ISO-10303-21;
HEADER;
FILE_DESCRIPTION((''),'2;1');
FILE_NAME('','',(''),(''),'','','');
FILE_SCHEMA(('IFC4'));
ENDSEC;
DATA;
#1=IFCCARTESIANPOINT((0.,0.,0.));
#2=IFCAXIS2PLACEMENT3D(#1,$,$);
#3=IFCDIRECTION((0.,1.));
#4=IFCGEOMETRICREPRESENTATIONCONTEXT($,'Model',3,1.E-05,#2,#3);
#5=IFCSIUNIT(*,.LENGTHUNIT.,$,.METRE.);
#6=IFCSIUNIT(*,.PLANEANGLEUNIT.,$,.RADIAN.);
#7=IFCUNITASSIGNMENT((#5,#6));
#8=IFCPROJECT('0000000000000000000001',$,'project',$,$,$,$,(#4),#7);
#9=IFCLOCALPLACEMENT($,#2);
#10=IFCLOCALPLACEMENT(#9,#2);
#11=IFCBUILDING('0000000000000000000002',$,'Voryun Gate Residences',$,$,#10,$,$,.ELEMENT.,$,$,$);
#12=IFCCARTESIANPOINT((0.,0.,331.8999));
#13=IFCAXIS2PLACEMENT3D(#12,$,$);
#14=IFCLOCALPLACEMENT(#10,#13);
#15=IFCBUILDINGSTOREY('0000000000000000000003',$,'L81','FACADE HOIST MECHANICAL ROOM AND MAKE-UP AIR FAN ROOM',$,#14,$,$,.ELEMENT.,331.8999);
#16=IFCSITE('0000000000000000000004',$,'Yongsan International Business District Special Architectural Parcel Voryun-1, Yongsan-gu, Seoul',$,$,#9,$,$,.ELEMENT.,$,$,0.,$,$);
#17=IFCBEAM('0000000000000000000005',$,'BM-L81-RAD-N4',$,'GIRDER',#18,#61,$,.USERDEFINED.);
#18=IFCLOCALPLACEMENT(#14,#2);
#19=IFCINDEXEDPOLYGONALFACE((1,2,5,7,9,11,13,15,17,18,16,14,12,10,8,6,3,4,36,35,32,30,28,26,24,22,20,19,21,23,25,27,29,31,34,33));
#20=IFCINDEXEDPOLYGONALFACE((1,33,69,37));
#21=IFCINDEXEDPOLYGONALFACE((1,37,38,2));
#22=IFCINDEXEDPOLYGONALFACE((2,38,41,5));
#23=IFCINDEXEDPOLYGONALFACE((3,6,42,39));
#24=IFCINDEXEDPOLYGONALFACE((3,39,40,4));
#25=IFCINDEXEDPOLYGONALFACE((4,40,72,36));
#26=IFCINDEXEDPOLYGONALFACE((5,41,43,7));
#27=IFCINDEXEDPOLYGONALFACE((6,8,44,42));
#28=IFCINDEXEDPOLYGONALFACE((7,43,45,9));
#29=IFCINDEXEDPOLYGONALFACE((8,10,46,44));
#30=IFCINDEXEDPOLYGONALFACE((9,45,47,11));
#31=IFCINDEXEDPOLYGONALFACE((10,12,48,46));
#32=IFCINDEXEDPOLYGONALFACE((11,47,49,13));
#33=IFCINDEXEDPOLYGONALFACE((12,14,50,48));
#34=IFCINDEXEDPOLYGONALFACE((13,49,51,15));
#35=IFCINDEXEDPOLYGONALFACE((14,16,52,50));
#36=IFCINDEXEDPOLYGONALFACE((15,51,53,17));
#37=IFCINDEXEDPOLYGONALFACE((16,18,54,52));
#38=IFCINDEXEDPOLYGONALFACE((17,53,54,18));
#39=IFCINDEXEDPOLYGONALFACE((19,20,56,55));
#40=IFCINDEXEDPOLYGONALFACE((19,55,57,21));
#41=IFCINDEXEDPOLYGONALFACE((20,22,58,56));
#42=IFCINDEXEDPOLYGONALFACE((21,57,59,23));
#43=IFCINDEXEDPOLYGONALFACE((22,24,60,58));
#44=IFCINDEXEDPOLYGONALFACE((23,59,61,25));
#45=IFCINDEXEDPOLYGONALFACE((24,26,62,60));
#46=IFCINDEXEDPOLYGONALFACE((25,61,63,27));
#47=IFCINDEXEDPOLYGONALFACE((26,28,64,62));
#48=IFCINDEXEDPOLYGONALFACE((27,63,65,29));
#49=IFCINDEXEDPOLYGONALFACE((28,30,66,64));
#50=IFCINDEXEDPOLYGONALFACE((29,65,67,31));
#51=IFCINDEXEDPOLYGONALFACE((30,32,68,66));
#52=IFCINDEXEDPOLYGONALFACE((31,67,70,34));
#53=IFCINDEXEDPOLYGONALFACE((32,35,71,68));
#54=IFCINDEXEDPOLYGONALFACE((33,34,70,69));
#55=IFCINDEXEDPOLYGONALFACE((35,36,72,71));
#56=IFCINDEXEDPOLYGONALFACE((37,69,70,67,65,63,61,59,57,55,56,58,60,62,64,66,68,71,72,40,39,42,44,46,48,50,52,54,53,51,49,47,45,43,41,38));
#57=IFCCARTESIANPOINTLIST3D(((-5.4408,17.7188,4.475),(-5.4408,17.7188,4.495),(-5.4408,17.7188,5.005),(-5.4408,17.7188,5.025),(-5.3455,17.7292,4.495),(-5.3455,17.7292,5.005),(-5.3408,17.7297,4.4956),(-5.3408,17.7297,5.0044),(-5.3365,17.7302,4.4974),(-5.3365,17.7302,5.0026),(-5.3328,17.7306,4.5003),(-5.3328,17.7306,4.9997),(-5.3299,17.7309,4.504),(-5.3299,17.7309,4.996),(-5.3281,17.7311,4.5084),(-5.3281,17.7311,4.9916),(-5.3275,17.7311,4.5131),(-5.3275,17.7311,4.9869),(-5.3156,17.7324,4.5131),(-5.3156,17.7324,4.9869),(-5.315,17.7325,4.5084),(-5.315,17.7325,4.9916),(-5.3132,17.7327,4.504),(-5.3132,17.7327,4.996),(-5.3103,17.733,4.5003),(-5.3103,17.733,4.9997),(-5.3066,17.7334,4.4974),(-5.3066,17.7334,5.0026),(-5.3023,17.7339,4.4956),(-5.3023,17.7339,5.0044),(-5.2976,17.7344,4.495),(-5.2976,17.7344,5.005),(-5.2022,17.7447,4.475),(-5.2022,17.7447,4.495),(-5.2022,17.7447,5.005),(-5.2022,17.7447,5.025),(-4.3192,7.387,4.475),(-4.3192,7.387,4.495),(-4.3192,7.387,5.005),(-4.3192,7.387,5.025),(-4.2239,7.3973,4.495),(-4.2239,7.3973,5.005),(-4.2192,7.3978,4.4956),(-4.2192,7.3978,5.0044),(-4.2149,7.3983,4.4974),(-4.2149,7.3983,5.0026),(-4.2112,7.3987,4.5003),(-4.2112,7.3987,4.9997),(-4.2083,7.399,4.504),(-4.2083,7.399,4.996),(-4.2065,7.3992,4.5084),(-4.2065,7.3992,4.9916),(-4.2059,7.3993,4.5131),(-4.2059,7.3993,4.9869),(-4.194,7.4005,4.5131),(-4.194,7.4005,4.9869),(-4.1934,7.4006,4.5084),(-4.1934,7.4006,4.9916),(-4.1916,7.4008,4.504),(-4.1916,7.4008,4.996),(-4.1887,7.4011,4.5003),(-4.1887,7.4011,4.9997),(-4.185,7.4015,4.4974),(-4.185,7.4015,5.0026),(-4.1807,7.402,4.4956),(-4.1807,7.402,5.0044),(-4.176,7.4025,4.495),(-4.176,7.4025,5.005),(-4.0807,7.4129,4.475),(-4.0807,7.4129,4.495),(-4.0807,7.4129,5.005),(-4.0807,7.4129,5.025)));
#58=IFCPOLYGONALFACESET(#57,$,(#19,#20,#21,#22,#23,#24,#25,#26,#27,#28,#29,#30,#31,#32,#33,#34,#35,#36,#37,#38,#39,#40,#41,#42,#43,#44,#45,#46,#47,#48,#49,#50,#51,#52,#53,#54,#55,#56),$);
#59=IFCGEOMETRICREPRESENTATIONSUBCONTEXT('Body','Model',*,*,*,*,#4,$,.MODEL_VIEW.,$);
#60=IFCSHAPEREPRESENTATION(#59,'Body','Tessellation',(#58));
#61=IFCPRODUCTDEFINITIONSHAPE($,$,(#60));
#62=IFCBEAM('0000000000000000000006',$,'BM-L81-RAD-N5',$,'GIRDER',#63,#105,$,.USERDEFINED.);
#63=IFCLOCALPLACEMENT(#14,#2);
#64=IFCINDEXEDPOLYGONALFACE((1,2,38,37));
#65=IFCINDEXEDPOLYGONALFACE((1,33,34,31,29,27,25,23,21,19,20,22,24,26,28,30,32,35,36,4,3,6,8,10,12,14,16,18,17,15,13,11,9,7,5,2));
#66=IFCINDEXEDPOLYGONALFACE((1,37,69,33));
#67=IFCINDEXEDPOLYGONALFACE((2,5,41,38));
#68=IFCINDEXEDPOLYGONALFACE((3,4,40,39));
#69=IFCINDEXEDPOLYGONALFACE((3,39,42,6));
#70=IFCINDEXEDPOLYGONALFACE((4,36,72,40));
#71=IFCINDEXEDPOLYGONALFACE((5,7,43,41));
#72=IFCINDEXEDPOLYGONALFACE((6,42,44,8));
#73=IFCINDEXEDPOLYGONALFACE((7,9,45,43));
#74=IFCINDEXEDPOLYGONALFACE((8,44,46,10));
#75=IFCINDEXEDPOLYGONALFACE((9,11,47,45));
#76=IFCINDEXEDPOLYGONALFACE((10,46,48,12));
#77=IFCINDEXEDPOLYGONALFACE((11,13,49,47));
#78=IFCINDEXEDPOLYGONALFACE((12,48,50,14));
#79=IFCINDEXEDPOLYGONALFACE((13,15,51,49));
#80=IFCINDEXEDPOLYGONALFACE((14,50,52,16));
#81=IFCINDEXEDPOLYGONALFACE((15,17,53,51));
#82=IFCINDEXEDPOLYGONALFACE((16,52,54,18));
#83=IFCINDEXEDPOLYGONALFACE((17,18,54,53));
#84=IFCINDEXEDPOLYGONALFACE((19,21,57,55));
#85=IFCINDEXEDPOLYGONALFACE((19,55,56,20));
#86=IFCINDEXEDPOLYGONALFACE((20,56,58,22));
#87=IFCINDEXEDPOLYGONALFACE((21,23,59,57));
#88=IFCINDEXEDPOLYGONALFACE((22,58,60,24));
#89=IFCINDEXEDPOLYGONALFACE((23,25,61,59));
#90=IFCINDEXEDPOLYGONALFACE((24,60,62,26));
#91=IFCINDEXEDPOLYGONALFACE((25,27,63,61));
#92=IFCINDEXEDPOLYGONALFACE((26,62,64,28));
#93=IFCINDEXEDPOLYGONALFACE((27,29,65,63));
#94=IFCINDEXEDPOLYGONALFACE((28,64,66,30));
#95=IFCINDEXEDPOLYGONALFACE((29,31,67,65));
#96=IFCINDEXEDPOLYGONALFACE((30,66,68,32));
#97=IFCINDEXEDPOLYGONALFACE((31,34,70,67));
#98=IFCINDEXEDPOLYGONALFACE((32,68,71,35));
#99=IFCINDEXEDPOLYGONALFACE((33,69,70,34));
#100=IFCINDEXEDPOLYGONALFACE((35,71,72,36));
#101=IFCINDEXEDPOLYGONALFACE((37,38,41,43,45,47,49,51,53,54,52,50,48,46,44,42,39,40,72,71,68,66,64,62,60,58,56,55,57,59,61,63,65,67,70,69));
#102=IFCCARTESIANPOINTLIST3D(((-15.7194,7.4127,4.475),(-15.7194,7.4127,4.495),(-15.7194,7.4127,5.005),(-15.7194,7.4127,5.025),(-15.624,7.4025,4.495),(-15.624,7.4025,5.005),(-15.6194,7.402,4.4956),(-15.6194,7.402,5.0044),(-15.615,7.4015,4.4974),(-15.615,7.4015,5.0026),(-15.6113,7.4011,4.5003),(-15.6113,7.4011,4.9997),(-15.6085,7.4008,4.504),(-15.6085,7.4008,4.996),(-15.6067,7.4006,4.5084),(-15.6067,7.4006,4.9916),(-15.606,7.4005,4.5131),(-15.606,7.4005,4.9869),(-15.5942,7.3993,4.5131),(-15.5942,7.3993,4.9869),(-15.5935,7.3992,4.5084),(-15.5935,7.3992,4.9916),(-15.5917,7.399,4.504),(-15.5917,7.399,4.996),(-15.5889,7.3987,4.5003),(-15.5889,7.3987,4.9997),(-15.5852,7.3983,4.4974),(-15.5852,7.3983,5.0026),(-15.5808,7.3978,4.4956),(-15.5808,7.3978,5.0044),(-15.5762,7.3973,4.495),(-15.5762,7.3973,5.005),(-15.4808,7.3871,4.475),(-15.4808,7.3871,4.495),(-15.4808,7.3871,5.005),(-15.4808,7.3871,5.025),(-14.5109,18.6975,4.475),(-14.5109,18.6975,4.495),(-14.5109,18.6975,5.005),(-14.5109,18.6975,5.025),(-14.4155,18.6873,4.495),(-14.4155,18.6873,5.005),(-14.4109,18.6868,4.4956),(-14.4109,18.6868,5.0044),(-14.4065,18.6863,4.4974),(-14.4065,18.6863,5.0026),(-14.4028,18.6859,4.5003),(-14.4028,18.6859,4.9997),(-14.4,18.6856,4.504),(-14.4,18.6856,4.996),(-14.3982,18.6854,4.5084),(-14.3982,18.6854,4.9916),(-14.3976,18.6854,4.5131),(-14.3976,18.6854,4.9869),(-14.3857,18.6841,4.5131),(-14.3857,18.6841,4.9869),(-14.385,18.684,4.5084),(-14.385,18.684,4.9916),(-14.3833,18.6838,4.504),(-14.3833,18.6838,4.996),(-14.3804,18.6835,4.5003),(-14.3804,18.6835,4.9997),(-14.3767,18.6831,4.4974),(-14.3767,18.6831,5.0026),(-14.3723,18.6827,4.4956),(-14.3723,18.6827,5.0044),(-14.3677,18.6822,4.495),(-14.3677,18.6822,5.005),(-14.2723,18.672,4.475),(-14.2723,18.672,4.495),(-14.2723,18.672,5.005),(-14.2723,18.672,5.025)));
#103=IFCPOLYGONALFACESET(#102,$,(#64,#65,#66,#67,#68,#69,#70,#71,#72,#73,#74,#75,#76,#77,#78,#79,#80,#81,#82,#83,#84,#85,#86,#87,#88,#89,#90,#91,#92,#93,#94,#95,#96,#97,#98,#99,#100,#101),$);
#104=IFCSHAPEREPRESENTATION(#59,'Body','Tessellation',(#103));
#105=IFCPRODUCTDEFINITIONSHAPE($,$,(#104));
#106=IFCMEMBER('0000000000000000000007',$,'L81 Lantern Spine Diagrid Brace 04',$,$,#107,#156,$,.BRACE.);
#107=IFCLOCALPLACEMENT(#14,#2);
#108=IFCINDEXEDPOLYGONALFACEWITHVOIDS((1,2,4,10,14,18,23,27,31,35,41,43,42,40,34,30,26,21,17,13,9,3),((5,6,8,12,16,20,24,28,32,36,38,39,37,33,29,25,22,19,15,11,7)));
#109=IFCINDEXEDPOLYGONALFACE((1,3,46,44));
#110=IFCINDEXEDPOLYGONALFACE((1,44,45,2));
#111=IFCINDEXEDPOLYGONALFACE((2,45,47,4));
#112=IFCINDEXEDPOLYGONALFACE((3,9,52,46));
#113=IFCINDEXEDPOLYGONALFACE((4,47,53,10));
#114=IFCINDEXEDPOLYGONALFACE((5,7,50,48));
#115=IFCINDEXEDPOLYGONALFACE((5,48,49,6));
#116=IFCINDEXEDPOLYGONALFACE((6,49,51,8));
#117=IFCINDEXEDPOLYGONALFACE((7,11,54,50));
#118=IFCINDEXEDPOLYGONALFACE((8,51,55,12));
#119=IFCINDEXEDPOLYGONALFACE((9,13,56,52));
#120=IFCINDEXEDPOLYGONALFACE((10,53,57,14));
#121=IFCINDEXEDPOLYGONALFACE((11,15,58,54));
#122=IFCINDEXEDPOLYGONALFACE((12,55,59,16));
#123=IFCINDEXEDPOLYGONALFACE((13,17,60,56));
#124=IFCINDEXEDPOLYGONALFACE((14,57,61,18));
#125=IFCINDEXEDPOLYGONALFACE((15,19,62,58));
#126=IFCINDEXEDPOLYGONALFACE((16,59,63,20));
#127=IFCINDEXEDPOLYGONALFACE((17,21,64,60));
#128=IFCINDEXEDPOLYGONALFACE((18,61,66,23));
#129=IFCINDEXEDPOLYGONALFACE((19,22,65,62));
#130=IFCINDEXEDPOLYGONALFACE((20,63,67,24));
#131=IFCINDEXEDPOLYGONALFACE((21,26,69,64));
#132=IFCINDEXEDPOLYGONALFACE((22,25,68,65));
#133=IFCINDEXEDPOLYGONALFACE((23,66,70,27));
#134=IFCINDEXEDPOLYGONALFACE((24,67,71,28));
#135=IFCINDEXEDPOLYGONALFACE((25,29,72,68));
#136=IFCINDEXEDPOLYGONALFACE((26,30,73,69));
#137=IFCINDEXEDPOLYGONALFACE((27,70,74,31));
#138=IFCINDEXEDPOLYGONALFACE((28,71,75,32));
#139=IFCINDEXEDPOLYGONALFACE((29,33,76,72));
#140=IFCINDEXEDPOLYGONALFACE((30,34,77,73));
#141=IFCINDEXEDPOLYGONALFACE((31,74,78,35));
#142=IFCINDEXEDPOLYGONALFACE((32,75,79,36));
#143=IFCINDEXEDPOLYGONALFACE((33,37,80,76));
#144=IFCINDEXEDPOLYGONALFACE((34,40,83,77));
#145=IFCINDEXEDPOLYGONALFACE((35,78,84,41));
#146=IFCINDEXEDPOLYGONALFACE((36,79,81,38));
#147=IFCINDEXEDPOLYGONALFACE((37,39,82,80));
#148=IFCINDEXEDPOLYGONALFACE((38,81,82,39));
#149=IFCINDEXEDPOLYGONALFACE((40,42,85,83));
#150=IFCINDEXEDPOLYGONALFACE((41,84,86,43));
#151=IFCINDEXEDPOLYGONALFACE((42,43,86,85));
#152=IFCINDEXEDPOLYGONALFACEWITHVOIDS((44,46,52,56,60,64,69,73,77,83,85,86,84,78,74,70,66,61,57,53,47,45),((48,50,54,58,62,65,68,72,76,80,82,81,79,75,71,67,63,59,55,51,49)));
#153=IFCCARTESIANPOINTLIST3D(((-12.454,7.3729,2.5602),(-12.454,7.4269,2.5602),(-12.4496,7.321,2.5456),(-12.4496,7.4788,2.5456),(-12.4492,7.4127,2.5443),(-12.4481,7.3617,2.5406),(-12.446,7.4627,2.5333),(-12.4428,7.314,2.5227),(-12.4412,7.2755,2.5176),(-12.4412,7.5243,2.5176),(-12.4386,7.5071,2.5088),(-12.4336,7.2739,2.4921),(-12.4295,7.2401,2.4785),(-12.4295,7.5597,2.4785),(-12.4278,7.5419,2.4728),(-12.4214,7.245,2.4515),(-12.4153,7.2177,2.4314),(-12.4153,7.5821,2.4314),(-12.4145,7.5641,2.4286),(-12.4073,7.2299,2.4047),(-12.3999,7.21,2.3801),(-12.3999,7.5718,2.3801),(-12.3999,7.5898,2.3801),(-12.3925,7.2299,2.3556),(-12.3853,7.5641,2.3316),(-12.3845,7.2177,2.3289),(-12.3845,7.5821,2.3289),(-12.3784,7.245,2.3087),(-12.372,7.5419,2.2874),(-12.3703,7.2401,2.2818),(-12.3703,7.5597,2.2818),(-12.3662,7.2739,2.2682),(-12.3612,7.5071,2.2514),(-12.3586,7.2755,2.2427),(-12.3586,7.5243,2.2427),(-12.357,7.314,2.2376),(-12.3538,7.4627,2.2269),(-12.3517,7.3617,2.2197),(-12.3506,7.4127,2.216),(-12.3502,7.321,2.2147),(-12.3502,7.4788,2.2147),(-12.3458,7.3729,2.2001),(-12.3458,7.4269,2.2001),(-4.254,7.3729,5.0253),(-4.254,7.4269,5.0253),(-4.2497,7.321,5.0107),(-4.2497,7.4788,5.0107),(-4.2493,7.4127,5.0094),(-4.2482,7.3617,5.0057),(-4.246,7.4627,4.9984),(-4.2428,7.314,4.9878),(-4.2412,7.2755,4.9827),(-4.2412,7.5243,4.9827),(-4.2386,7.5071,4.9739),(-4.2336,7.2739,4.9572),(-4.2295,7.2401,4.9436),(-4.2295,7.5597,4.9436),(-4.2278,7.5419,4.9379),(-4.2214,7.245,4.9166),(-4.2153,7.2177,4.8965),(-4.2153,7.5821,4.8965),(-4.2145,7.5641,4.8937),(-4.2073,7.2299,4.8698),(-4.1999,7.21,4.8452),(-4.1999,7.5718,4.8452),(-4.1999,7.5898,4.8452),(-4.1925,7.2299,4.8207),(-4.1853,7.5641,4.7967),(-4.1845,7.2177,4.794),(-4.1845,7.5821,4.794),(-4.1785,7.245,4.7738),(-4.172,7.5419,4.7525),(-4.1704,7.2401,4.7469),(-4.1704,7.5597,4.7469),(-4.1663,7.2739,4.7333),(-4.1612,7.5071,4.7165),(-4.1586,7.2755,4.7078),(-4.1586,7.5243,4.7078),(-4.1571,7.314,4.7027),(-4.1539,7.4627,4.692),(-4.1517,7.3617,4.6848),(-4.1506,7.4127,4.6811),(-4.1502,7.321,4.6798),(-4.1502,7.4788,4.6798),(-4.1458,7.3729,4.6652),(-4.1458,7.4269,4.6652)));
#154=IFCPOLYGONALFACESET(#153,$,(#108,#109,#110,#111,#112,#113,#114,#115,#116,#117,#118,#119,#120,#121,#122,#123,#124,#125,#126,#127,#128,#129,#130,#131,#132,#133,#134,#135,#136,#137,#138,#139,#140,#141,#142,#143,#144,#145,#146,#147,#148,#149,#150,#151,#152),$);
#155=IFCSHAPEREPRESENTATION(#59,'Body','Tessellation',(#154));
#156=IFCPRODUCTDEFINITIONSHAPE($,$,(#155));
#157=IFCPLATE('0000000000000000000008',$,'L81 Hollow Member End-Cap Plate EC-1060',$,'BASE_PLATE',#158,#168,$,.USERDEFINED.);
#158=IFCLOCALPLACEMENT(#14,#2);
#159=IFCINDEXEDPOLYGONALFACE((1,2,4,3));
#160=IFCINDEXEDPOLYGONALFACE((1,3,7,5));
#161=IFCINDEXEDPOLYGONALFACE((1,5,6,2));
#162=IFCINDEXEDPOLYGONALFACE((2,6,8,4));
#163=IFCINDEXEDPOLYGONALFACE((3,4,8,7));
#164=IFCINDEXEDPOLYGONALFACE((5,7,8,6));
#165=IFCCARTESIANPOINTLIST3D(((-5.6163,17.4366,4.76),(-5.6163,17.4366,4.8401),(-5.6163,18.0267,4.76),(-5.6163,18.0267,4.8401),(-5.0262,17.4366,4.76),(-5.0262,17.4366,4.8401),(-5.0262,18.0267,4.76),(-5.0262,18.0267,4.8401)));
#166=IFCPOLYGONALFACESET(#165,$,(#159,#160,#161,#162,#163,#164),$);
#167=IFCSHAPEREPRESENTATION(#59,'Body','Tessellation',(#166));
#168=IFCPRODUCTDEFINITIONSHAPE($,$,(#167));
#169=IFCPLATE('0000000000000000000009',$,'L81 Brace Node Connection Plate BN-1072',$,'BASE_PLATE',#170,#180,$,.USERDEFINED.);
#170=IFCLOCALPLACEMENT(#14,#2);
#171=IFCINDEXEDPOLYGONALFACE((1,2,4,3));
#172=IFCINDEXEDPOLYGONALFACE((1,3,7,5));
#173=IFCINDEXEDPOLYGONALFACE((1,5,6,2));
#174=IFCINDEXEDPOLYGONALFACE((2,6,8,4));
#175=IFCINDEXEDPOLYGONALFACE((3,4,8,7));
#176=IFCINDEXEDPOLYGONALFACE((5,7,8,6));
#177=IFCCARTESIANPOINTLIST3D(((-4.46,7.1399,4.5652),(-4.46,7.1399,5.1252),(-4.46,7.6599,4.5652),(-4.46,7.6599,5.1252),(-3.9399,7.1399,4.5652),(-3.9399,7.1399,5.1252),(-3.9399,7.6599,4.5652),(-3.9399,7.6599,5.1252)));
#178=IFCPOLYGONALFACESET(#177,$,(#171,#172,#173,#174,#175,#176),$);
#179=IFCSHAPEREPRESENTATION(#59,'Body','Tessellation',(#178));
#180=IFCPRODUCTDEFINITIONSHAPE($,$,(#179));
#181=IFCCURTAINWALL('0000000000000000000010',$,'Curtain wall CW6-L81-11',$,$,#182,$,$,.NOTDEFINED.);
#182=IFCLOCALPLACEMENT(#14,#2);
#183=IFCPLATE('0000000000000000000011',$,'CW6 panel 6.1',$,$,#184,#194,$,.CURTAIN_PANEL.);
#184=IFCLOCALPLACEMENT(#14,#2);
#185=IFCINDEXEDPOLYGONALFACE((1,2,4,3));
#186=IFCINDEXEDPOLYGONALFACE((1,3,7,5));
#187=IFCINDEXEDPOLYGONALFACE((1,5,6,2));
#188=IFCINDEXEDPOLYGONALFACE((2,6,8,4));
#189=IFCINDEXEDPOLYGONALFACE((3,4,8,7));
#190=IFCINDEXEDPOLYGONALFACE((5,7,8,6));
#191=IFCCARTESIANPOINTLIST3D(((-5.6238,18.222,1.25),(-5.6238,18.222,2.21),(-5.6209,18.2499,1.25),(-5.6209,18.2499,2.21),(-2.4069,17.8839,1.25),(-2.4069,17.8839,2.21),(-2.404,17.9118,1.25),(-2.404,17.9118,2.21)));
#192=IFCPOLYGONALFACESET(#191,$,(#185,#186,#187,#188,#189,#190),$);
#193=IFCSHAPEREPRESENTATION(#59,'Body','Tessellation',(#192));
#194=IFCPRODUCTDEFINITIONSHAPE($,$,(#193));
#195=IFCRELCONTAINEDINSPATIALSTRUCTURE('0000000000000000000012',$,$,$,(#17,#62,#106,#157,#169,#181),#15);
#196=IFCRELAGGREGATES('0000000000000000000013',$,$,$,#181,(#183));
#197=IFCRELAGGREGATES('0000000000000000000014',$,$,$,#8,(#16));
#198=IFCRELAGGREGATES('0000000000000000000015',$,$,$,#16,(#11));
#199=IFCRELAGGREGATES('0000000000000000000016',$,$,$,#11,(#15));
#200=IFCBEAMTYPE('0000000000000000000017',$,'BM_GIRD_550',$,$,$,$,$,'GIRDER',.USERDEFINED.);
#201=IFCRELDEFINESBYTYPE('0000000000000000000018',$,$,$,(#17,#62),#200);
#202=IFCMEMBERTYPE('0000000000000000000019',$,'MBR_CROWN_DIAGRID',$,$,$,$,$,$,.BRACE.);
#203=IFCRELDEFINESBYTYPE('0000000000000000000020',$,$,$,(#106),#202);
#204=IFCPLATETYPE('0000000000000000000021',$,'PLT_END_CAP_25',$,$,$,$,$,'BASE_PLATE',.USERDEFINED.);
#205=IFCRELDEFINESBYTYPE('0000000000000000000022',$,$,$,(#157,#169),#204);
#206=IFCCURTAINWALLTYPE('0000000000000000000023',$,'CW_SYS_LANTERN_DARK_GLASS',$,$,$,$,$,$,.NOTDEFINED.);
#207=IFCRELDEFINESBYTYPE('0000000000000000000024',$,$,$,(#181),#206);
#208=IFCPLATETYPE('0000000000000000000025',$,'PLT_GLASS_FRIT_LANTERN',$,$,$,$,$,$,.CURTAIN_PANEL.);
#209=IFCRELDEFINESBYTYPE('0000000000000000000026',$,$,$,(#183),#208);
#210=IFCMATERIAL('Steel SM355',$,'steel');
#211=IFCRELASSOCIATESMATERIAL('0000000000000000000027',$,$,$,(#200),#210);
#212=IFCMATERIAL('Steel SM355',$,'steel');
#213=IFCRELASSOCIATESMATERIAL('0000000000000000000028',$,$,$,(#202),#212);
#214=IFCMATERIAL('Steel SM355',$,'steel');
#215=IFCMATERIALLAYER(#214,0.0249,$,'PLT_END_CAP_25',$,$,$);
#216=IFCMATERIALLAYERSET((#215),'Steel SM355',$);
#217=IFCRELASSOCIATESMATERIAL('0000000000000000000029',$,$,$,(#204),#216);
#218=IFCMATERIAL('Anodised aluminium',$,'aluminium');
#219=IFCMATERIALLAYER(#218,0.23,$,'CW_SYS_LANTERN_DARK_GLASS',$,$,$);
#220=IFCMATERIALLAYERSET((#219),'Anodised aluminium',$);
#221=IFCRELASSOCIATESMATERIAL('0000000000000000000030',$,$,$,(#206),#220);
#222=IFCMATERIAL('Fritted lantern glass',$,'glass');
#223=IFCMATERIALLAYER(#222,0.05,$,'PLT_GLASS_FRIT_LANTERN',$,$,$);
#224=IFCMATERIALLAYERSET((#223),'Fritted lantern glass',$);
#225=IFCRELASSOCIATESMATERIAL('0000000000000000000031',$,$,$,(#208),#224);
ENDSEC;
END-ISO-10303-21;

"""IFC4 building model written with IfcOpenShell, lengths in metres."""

from ifc_helpers import new_model, si_unit, direction, frame, origin, origin_2d, place, context, subcontext, project, spatial, rectangle, hollow_circle, i_section, extrude, material, layer, layer_set, material_profile, profile_set, type_object, element, aggregate, save


model = new_model("IFC4")

# Units and contexts
model_context = context("Model", 3, precision=1e-05, world=origin(), true_north=direction((0.0, 1.0)))
body_context = subcontext(model_context, "Body", "Model", "MODEL_VIEW")
ifc_project = project(units=[si_unit("LENGTHUNIT", "METRE"), si_unit("PLANEANGLEUNIT", "RADIAN")], contexts=[model_context])

# Site, building, storey
site_placement = place(None, origin())
site = spatial("IfcSite", under=ifc_project, at=site_placement, Name="Yongsan International Business District Special Architectural Parcel Voryun-1, Yongsan-gu, Seoul", CompositionType="ELEMENT", RefElevation=0.0)
building_placement = place(site_placement, origin())
building = spatial("IfcBuilding", under=site, at=building_placement, Name="Voryun Gate Residences", CompositionType="ELEMENT")
storey_placement = place(building_placement, frame((0.0, 0.0, 331.8999)))
storey = spatial("IfcBuildingStorey", under=building, at=storey_placement, Name="L81", Description="FACADE HOIST MECHANICAL ROOM AND MAKE-UP AIR FAN ROOM", CompositionType="ELEMENT", Elevation=331.8999)

# Beams
ifc_material_1 = material(Name="Steel SM355", Category="steel")
ifc_material_profile_1 = material_profile(ifc_material_1, i_section(OverallWidth=0.24, OverallDepth=0.55, WebThickness=0.012, FlangeThickness=0.02, FilletRadius=0.0181, at=origin_2d()), Name="H-550x240x12x20")
ifc_profile_set_1 = profile_set([ifc_material_profile_1], Name="Steel SM355")
beam_type_1 = type_object("IfcBeamType", Name="BM_GIRD_550", ElementType="GIRDER", PredefinedType="USERDEFINED", material=ifc_profile_set_1)
beam_1_placement = place(storey_placement, frame((-4.2, 7.3999, 4.75), z_axis=(-0.107922, 0.994159, 0.0), x_axis=(-0.994159, -0.107922, 0.0)))
element("IfcBeam", 1, at=beam_1_placement, inside=storey, type_object=beam_type_1, Name="BM-L81-RAD-N4", ObjectType="GIRDER", PredefinedType="USERDEFINED", context=body_context, shape_type="SweptSolid", body=[
    extrude(i_section(OverallWidth=0.24, OverallDepth=0.55, WebThickness=0.012, FlangeThickness=0.02, FilletRadius=0.0181, at=origin_2d()), origin(), (0.0, 0.0, 1.0), 10.3926),
])
beam_2_placement = place(storey_placement, frame((-15.6001, 7.3999, 4.75), z_axis=(0.106481, 0.994315, 0.0), x_axis=(-0.994315, 0.106481, 0.0)))
element("IfcBeam", 2, at=beam_2_placement, inside=storey, type_object=beam_type_1, Name="BM-L81-RAD-N5", ObjectType="GIRDER", PredefinedType="USERDEFINED", context=body_context, shape_type="SweptSolid", body=[
    extrude(i_section(OverallWidth=0.24, OverallDepth=0.55, WebThickness=0.012, FlangeThickness=0.02, FilletRadius=0.0181, at=origin_2d()), origin(), (0.0, 0.0, 1.0), 11.3494),
])

# Member
ifc_material_2 = material(Name="Steel SM355", Category="steel")
ifc_material_profile_2 = material_profile(ifc_material_2, hollow_circle(Radius=0.1899, WallThickness=0.0181, at=origin_2d()), Name="CHS-380x18")
ifc_profile_set_2 = profile_set([ifc_material_profile_2], Name="Steel SM355")
member_type = type_object("IfcMemberType", Name="MBR_CROWN_DIAGRID", PredefinedType="BRACE", material=ifc_profile_set_2)
member_placement = place(storey_placement, frame((-12.3999, 7.3999, 2.3801), z_axis=(0.957662, 0.0, 0.287895), x_axis=(0.0, 1.0, 0.0)))
element("IfcMember", 3, at=member_placement, inside=storey, type_object=member_type, Name="L81 Lantern Spine Diagrid Brace 04", PredefinedType="BRACE", context=body_context, shape_type="SweptSolid", body=[
    extrude(hollow_circle(Radius=0.1899, WallThickness=0.0181, at=origin_2d()), origin(), (0.0, 0.0, 1.0), 8.5625),
])

# Plates
ifc_material_3 = material(Name="Steel SM355", Category="steel")
ifc_layer_1 = layer(ifc_material_3, 0.0249, Name="PLT_END_CAP_25")
ifc_layer_set_1 = layer_set([ifc_layer_1], Name="Steel SM355")
plate_type_1 = type_object("IfcPlateType", Name="PLT_END_CAP_25", ElementType="BASE_PLATE", PredefinedType="USERDEFINED", material=ifc_layer_set_1)
plate_1_placement = place(storey_placement, frame((-5.3213, 17.7317, 4.76), z_axis=(0.0, 0.0, 1.0), x_axis=(1.0, 0.0, 0.0)))
element("IfcPlate", 4, at=plate_1_placement, inside=storey, type_object=plate_type_1, Name="L81 Hollow Member End-Cap Plate EC-1060", ObjectType="BASE_PLATE", PredefinedType="USERDEFINED", context=body_context, shape_type="SweptSolid", body=[
    extrude(rectangle(XDim=0.5901, YDim=0.5901, at=origin_2d()), origin(), (0.0, 0.0, 1.0), 0.0801),
])
plate_2_placement = place(storey_placement, frame((-4.2, 7.3999, 4.5652), z_axis=(0.0, 0.0, 1.0), x_axis=(1.0, 0.0, 0.0)))
element("IfcPlate", 5, at=plate_2_placement, inside=storey, type_object=plate_type_1, Name="L81 Brace Node Connection Plate BN-1072", ObjectType="BASE_PLATE", PredefinedType="USERDEFINED", context=body_context, shape_type="SweptSolid", body=[
    extrude(rectangle(XDim=0.52, YDim=0.52, at=origin_2d()), origin(), (0.0, 0.0, 1.0), 0.5601),
])

# Curtain wall, plate
ifc_material_4 = material(Name="Anodised aluminium", Category="aluminium")
ifc_layer_2 = layer(ifc_material_4, 0.23, Name="CW_SYS_LANTERN_DARK_GLASS")
ifc_layer_set_2 = layer_set([ifc_layer_2], Name="Anodised aluminium")
curtain_wall_type = type_object("IfcCurtainWallType", Name="CW_SYS_LANTERN_DARK_GLASS", PredefinedType="NOTDEFINED", material=ifc_layer_set_2)
curtain_wall_placement = place(storey_placement, origin())
curtain_wall = element("IfcCurtainWall", 6, at=curtain_wall_placement, inside=storey, type_object=curtain_wall_type, Name="Curtain wall CW6-L81-11", PredefinedType="NOTDEFINED")
ifc_material_5 = material(Name="Fritted lantern glass", Category="glass")
ifc_layer_3 = layer(ifc_material_5, 0.05, Name="PLT_GLASS_FRIT_LANTERN")
ifc_layer_set_3 = layer_set([ifc_layer_3], Name="Fritted lantern glass")
plate_type_2 = type_object("IfcPlateType", Name="PLT_GLASS_FRIT_LANTERN", PredefinedType="CURTAIN_PANEL", material=ifc_layer_set_3)
plate_3_placement = place(storey_placement, frame((-4.0139, 18.0669, 1.25), z_axis=(0.0, 0.0, 1.0), x_axis=(0.994522, -0.104528, 0.0)))
plate_3 = element("IfcPlate", 7, at=plate_3_placement, type_object=plate_type_2, Name="CW6 panel 6.1", PredefinedType="CURTAIN_PANEL", context=body_context, shape_type="SweptSolid", body=[
    extrude(rectangle(XDim=3.2346, YDim=0.0281, at=origin_2d()), origin(), (0.0, 0.0, 1.0), 0.96),
])
aggregate(curtain_wall, [plate_3])

save(model, "model.ifc")
